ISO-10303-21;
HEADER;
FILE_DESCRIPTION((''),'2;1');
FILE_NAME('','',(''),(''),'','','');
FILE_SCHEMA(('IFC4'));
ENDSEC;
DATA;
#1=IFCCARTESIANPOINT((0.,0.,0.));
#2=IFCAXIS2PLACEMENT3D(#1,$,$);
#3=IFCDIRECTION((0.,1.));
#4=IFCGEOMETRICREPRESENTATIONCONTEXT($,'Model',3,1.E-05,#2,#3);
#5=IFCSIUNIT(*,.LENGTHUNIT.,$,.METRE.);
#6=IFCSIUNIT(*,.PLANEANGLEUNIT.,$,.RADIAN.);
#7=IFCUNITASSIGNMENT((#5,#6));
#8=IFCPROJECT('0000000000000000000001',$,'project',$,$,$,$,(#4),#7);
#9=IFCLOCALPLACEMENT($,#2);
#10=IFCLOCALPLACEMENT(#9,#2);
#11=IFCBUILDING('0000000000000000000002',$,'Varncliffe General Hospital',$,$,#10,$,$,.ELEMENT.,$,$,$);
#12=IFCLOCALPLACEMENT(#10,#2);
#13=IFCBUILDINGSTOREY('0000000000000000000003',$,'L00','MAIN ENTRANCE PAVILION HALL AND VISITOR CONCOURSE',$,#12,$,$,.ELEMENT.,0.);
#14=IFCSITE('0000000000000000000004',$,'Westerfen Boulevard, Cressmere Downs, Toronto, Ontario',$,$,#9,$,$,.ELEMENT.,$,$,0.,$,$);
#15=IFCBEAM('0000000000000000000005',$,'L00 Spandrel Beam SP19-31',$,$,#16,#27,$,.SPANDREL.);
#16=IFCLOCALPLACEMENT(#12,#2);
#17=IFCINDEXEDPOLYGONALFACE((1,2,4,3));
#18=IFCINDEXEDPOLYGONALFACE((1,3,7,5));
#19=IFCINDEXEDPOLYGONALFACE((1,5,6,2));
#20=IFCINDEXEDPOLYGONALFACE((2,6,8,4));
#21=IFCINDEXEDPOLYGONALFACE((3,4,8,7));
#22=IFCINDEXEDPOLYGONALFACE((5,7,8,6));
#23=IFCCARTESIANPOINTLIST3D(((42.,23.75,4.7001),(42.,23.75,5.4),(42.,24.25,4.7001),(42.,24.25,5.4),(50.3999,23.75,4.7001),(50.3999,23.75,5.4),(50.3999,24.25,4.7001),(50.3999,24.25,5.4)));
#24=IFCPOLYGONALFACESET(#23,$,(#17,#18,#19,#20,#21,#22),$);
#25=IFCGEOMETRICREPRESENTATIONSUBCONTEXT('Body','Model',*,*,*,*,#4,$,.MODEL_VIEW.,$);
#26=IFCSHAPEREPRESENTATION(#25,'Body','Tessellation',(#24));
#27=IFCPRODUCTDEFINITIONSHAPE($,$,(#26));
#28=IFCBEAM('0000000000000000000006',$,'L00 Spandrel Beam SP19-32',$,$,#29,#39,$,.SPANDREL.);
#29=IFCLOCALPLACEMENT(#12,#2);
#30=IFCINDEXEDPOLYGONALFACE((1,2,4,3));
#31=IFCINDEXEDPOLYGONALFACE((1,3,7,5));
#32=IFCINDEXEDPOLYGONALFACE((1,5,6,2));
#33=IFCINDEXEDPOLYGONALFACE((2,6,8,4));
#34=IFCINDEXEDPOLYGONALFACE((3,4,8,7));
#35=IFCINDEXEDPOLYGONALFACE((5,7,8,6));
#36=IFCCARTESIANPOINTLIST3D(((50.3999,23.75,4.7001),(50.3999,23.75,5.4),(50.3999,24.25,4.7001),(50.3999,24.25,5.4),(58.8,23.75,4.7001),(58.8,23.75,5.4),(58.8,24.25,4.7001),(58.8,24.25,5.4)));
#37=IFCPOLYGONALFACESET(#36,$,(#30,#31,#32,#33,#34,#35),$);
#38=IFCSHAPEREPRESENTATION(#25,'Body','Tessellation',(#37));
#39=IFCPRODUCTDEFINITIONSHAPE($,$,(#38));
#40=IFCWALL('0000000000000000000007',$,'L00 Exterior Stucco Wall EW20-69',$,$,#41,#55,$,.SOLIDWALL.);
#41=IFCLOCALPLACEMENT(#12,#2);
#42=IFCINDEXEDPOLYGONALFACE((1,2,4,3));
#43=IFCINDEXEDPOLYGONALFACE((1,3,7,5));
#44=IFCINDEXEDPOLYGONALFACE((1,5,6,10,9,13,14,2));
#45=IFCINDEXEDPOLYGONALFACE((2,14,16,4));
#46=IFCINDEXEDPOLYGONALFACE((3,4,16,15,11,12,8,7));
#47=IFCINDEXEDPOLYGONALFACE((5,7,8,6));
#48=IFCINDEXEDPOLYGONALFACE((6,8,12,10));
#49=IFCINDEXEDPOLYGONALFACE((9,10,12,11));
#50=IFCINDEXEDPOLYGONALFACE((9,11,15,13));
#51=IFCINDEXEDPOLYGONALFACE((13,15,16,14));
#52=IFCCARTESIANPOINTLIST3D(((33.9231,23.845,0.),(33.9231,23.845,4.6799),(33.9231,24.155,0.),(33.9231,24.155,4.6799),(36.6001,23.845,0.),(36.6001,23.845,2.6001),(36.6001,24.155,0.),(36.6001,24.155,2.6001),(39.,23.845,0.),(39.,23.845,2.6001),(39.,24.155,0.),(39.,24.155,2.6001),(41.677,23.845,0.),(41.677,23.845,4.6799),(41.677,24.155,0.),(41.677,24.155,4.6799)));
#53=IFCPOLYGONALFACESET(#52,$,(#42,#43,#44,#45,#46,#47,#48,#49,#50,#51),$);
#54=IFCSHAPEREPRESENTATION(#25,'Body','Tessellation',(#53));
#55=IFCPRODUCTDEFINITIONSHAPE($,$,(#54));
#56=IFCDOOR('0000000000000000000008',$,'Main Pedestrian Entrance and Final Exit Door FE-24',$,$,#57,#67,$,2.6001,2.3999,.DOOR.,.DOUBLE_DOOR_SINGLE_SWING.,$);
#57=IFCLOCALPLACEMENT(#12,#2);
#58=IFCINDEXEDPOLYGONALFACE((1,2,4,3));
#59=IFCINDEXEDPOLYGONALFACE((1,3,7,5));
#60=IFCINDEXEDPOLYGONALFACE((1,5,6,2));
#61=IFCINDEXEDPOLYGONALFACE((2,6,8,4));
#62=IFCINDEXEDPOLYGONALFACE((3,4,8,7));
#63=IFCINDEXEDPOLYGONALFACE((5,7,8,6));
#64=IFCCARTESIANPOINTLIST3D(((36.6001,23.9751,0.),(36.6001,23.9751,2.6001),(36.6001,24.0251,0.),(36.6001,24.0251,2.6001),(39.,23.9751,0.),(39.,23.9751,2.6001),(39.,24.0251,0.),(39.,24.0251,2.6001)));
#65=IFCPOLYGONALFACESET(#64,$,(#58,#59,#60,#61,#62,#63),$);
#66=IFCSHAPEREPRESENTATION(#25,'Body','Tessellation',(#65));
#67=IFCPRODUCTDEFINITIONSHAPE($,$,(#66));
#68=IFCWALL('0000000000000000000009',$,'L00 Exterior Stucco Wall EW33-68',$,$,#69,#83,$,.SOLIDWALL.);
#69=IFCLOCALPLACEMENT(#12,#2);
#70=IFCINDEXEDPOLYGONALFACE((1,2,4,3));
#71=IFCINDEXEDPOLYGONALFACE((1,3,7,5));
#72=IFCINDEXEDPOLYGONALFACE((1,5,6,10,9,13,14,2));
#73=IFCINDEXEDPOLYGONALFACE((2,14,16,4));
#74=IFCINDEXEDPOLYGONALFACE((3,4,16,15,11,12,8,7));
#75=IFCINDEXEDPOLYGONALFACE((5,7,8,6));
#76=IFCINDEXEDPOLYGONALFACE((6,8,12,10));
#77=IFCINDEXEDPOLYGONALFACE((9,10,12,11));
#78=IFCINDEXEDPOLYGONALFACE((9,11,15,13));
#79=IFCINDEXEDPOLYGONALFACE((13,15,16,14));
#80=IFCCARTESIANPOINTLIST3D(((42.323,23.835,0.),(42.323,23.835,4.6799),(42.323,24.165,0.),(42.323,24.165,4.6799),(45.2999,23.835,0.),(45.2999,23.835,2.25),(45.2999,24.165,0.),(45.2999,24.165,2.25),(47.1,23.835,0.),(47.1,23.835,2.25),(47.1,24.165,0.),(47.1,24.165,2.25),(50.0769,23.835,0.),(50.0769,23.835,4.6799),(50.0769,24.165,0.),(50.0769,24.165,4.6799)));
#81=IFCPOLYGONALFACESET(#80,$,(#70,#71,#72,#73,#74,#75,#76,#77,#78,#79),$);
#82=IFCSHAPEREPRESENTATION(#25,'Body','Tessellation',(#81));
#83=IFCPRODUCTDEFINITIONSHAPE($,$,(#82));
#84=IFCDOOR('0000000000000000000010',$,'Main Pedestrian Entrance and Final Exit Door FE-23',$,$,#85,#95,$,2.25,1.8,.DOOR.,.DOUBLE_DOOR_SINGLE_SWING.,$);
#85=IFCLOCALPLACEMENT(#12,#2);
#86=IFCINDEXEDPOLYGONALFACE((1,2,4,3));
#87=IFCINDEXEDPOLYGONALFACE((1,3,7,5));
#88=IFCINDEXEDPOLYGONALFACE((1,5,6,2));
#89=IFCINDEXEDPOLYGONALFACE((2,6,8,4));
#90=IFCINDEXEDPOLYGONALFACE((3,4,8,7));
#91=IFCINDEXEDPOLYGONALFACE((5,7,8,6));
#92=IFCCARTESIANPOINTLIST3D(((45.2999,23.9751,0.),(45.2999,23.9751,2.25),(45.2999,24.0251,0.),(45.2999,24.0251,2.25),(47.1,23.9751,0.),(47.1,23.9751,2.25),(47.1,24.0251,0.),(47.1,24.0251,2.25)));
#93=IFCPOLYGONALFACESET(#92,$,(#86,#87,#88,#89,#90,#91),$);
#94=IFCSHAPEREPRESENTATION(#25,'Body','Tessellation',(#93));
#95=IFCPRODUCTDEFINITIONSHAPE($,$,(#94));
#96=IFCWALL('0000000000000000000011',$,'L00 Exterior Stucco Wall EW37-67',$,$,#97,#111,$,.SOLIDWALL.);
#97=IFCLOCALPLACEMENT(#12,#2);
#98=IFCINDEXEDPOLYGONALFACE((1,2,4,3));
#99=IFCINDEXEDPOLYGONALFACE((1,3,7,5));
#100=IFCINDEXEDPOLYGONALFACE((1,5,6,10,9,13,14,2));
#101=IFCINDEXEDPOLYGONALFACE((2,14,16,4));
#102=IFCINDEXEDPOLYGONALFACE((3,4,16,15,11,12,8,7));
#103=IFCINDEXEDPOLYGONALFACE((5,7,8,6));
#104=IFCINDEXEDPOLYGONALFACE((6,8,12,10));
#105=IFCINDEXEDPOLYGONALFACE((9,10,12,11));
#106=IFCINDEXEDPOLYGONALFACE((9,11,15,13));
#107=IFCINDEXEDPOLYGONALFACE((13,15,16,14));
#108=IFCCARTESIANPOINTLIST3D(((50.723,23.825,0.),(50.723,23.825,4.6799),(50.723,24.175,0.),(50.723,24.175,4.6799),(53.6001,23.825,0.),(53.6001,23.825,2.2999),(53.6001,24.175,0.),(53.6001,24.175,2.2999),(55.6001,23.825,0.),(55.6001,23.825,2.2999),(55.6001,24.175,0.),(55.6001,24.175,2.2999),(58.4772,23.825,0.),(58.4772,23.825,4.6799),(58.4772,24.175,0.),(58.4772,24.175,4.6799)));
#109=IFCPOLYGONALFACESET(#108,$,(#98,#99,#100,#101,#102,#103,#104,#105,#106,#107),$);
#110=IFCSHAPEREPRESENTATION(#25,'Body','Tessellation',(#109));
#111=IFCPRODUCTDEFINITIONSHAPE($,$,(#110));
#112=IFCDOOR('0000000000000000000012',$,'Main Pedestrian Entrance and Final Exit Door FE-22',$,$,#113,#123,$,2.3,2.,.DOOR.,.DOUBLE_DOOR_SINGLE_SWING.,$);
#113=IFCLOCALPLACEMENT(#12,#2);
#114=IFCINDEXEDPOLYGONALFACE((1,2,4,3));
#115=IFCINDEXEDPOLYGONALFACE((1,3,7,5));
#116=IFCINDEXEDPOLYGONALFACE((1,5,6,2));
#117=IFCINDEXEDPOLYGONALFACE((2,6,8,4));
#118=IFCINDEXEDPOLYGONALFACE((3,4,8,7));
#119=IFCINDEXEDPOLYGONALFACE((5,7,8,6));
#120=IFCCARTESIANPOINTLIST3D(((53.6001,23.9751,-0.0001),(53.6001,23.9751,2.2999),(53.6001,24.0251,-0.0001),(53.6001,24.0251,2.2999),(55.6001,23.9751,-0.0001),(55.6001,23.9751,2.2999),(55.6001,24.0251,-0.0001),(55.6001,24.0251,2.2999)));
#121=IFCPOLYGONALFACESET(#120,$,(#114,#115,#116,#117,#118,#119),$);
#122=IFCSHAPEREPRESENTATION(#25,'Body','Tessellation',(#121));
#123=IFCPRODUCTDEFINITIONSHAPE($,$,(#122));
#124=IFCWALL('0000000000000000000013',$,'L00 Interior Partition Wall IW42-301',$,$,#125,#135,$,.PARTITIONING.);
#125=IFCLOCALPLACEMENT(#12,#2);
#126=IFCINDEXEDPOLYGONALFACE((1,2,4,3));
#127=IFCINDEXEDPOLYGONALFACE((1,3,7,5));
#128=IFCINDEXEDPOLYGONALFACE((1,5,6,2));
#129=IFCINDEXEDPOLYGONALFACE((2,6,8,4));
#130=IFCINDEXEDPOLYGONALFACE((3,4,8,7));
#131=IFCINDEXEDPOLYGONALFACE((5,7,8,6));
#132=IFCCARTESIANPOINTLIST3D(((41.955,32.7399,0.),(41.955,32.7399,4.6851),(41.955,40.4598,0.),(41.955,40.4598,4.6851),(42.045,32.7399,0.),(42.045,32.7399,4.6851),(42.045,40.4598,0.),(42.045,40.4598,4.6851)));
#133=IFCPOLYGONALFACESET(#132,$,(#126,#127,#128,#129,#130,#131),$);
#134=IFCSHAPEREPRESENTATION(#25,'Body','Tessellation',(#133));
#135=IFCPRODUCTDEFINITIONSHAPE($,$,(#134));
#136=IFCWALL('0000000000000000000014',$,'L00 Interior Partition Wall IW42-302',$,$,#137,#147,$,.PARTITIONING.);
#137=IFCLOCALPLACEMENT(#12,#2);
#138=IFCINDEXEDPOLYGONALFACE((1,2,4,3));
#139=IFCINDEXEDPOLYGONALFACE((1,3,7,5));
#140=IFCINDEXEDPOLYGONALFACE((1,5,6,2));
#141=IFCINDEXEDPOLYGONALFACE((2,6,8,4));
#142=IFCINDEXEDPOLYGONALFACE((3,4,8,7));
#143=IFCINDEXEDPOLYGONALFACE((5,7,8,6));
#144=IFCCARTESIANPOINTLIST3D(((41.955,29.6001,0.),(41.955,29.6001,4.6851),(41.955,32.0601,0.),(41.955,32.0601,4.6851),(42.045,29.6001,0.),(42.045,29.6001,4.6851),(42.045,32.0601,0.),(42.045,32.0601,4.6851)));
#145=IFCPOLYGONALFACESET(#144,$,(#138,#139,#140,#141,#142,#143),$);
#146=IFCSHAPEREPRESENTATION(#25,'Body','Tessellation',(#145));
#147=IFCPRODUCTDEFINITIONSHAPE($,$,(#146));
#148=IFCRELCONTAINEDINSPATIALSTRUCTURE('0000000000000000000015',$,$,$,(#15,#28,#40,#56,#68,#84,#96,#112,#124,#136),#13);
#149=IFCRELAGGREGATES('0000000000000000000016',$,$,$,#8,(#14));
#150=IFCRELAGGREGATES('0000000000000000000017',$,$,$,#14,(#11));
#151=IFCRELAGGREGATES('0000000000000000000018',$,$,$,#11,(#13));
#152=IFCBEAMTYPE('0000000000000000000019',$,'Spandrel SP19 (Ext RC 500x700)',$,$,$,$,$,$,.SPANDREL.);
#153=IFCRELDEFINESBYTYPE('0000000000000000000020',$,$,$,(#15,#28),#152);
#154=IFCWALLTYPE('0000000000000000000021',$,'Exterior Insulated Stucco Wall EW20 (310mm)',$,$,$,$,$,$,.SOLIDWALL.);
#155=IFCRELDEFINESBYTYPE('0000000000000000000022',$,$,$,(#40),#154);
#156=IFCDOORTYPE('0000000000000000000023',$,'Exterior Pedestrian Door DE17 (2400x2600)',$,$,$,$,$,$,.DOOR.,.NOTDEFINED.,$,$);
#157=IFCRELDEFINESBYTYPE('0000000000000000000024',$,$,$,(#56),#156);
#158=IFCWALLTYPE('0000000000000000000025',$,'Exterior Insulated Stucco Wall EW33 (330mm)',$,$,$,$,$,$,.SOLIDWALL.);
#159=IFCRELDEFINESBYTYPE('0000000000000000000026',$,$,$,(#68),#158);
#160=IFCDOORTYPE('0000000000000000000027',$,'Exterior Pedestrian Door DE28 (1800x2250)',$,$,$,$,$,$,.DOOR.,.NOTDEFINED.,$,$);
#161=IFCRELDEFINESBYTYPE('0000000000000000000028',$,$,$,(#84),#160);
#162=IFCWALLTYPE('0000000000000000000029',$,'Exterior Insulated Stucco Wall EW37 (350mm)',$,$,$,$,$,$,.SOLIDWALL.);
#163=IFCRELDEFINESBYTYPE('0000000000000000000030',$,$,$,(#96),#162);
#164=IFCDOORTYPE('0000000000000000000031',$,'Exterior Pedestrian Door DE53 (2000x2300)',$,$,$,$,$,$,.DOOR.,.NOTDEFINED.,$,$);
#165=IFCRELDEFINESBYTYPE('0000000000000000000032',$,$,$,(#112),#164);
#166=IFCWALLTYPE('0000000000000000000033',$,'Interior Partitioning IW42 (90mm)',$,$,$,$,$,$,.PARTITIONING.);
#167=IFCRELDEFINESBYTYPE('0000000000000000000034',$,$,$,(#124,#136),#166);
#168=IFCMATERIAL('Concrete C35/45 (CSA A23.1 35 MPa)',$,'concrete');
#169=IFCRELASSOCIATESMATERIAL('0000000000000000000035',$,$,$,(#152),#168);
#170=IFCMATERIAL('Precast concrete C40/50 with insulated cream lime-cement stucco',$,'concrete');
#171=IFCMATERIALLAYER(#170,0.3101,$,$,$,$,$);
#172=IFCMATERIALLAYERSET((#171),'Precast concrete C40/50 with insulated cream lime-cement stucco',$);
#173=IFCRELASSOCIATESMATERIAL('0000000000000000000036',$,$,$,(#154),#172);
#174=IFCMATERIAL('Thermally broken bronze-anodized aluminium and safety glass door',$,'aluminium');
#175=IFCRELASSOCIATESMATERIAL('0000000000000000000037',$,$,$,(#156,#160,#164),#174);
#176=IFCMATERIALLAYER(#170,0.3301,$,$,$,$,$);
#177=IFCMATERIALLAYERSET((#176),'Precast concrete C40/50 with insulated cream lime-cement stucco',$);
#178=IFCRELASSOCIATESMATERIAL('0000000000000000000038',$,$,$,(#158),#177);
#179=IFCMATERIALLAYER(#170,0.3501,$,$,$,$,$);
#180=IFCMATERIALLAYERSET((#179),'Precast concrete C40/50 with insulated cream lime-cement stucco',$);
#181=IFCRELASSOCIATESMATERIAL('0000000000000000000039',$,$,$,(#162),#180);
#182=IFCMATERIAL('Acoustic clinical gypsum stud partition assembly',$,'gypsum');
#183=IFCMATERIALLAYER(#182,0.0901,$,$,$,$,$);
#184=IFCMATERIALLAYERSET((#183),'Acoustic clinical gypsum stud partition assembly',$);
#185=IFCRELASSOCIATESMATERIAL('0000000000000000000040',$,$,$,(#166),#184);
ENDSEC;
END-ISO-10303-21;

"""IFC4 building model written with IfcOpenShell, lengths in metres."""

from ifc_helpers import new_model, si_unit, direction, frame, frame_2d, origin, origin_2d, place, context, subcontext, project, spatial, rectangle, extrude, material, layer, layer_set, material_profile, profile_set, type_object, element, fill, save


model = new_model("IFC4")

# Units and contexts
model_context = context("Model", 3, precision=1e-05, world=origin(), true_north=direction((0.0, 1.0)))
body_context = subcontext(model_context, "Body", "Model", "MODEL_VIEW")
ifc_project = project(units=[si_unit("LENGTHUNIT", "METRE"), si_unit("PLANEANGLEUNIT", "RADIAN")], contexts=[model_context])

# Site, building, storey
site_placement = place(None, origin())
site = spatial("IfcSite", under=ifc_project, at=site_placement, Name="Westerfen Boulevard, Cressmere Downs, Toronto, Ontario", CompositionType="ELEMENT", RefElevation=0.0)
building_placement = place(site_placement, origin())
building = spatial("IfcBuilding", under=site, at=building_placement, Name="Varncliffe General Hospital", CompositionType="ELEMENT")
storey_placement = place(building_placement, origin())
storey = spatial("IfcBuildingStorey", under=building, at=storey_placement, Name="L00", Description="MAIN ENTRANCE PAVILION HALL AND VISITOR CONCOURSE", CompositionType="ELEMENT", Elevation=0.0)

# Beams
ifc_material_1 = material(Name="Concrete C35/45 (CSA A23.1 35 MPa)", Category="concrete")
ifc_material_profile_1 = material_profile(ifc_material_1, rectangle(XDim=0.5, YDim=0.7, at=origin_2d()), Name="RC 500x700")
ifc_profile_set_1 = profile_set([ifc_material_profile_1], Name="Concrete C35/45 (CSA A23.1 35 MPa)")
beam_type_1 = type_object("IfcBeamType", Name="Spandrel SP19 (Ext RC 500x700)", PredefinedType="SPANDREL", material=ifc_profile_set_1)
beam_1_placement = place(storey_placement, frame((42.0, 24.0, 5.05), z_axis=(1.0, 0.0, 0.0), x_axis=(0.0, 1.0, 0.0)))
element("IfcBeam", 1, at=beam_1_placement, inside=storey, type_object=beam_type_1, Name="L00 Spandrel Beam SP19-31", PredefinedType="SPANDREL", context=body_context, shape_type="SweptSolid", body=[
    extrude(rectangle(XDim=0.5, YDim=0.7, at=origin_2d()), origin(), (0.0, 0.0, 1.0), 8.3999),
])
beam_2_placement = place(storey_placement, frame((50.3999, 24.0, 5.05), z_axis=(1.0, 0.0, 0.0), x_axis=(0.0, 1.0, 0.0)))
element("IfcBeam", 2, at=beam_2_placement, inside=storey, type_object=beam_type_1, Name="L00 Spandrel Beam SP19-32", PredefinedType="SPANDREL", context=body_context, shape_type="SweptSolid", body=[
    extrude(rectangle(XDim=0.5, YDim=0.7, at=origin_2d()), origin(), (0.0, 0.0, 1.0), 8.4001),
])

# Walls, openings, doors
ifc_material_2 = material(Name="Precast concrete C40/50 with insulated cream lime-cement stucco", Category="concrete")
ifc_layer_1 = layer(ifc_material_2, 0.3101)
ifc_layer_set_1 = layer_set([ifc_layer_1], Name="Precast concrete C40/50 with insulated cream lime-cement stucco")
wall_type_1 = type_object("IfcWallType", Name="Exterior Insulated Stucco Wall EW20 (310mm)", PredefinedType="SOLIDWALL", material=ifc_layer_set_1)
wall_1_placement = place(storey_placement, frame((41.677, 24.0, 0.0), z_axis=(0.0, 0.0, 1.0), x_axis=(-1.0, 0.0, 0.0)))
wall_1 = element("IfcWall", 3, at=wall_1_placement, inside=storey, type_object=wall_type_1, Name="L00 Exterior Stucco Wall EW20-69", PredefinedType="SOLIDWALL", context=body_context, shape_type="SweptSolid", body=[
    extrude(rectangle(XDim=7.7539, YDim=0.3101, at=frame_2d((3.877, 0.0))), origin(), (0.0, 0.0, 1.0), 4.6799),
])
opening_1_placement = place(wall_1_placement, frame((2.677, 0.0, 0.0)))
opening_1 = element("IfcOpeningElement", 4, at=opening_1_placement, cuts=wall_1, PredefinedType="OPENING", context=body_context, shape_type="SweptSolid", body=[
    extrude(rectangle(XDim=2.3999, YDim=2.6001, at=frame_2d((1.2, 1.3))), frame((0.0, 0.165, 0.0), z_axis=(0.0, -1.0, 0.0), x_axis=(1.0, 0.0, 0.0)), (0.0, 0.0, 1.0), 0.3301),
])
ifc_material_3 = material(Name="Thermally broken bronze-anodized aluminium and safety glass door", Category="aluminium")
door_type_1 = type_object("IfcDoorType", Name="Exterior Pedestrian Door DE17 (2400x2600)", OperationType="NOTDEFINED", PredefinedType="DOOR", material=ifc_material_3)
door_1_placement = place(opening_1_placement, origin())
door_1 = element("IfcDoor", 5, at=door_1_placement, inside=storey, type_object=door_type_1, Name="Main Pedestrian Entrance and Final Exit Door FE-24", OperationType="DOUBLE_DOOR_SINGLE_SWING", OverallHeight=2.6001, OverallWidth=2.3999, PredefinedType="DOOR", context=body_context, shape_type="SweptSolid", body=[
    extrude(rectangle(XDim=2.3999, YDim=2.6001, at=frame_2d((1.2, 1.3))), frame((0.0, 0.0249, 0.0), z_axis=(0.0, -1.0, 0.0), x_axis=(1.0, 0.0, 0.0)), (0.0, 0.0, 1.0), 0.05),
])
fill(opening_1, door_1)
ifc_layer_2 = layer(ifc_material_2, 0.3301)
ifc_layer_set_2 = layer_set([ifc_layer_2], Name="Precast concrete C40/50 with insulated cream lime-cement stucco")
wall_type_2 = type_object("IfcWallType", Name="Exterior Insulated Stucco Wall EW33 (330mm)", PredefinedType="SOLIDWALL", material=ifc_layer_set_2)
wall_2_placement = place(storey_placement, frame((50.0769, 24.0, 0.0), z_axis=(0.0, 0.0, 1.0), x_axis=(-1.0, 0.0, 0.0)))
wall_2 = element("IfcWall", 6, at=wall_2_placement, inside=storey, type_object=wall_type_2, Name="L00 Exterior Stucco Wall EW33-68", PredefinedType="SOLIDWALL", context=body_context, shape_type="SweptSolid", body=[
    extrude(rectangle(XDim=7.7539, YDim=0.3301, at=frame_2d((3.877, 0.0))), origin(), (0.0, 0.0, 1.0), 4.6799),
])
opening_2_placement = place(wall_2_placement, frame((2.9771, 0.0, 0.0)))
opening_2 = element("IfcOpeningElement", 7, at=opening_2_placement, cuts=wall_2, PredefinedType="OPENING", context=body_context, shape_type="SweptSolid", body=[
    extrude(rectangle(XDim=1.8, YDim=2.25, at=frame_2d((0.8999, 1.125))), frame((0.0, 0.175, 0.0), z_axis=(0.0, -1.0, 0.0), x_axis=(1.0, 0.0, 0.0)), (0.0, 0.0, 1.0), 0.3501),
])
door_type_2 = type_object("IfcDoorType", Name="Exterior Pedestrian Door DE28 (1800x2250)", OperationType="NOTDEFINED", PredefinedType="DOOR", material=ifc_material_3)
door_2_placement = place(opening_2_placement, origin())
door_2 = element("IfcDoor", 8, at=door_2_placement, inside=storey, type_object=door_type_2, Name="Main Pedestrian Entrance and Final Exit Door FE-23", OperationType="DOUBLE_DOOR_SINGLE_SWING", OverallHeight=2.25, OverallWidth=1.8, PredefinedType="DOOR", context=body_context, shape_type="SweptSolid", body=[
    extrude(rectangle(XDim=1.8, YDim=2.25, at=frame_2d((0.8999, 1.125))), frame((0.0, 0.0249, 0.0), z_axis=(0.0, -1.0, 0.0), x_axis=(1.0, 0.0, 0.0)), (0.0, 0.0, 1.0), 0.05),
])
fill(opening_2, door_2)
ifc_layer_3 = layer(ifc_material_2, 0.3501)
ifc_layer_set_3 = layer_set([ifc_layer_3], Name="Precast concrete C40/50 with insulated cream lime-cement stucco")
wall_type_3 = type_object("IfcWallType", Name="Exterior Insulated Stucco Wall EW37 (350mm)", PredefinedType="SOLIDWALL", material=ifc_layer_set_3)
wall_3_placement = place(storey_placement, frame((58.4771, 24.0, 0.0), z_axis=(0.0, 0.0, 1.0), x_axis=(-1.0, 0.0, 0.0)))
wall_3 = element("IfcWall", 9, at=wall_3_placement, inside=storey, type_object=wall_type_3, Name="L00 Exterior Stucco Wall EW37-67", PredefinedType="SOLIDWALL", context=body_context, shape_type="SweptSolid", body=[
    extrude(rectangle(XDim=7.7542, YDim=0.3501, at=frame_2d((3.877, 0.0))), origin(), (0.0, 0.0, 1.0), 4.6799),
])
opening_3_placement = place(wall_3_placement, frame((2.877, 0.0, 0.0)))
opening_3 = element("IfcOpeningElement", 10, at=opening_3_placement, cuts=wall_3, PredefinedType="OPENING", context=body_context, shape_type="SweptSolid", body=[
    extrude(rectangle(XDim=2.0, YDim=2.3, at=frame_2d((1.0, 1.1499))), frame((0.0, 0.1851, 0.0), z_axis=(0.0, -1.0, 0.0), x_axis=(1.0, 0.0, 0.0)), (0.0, 0.0, 1.0), 0.3701),
])
door_type_3 = type_object("IfcDoorType", Name="Exterior Pedestrian Door DE53 (2000x2300)", OperationType="NOTDEFINED", PredefinedType="DOOR", material=ifc_material_3)
door_3_placement = place(opening_3_placement, origin())
door_3 = element("IfcDoor", 11, at=door_3_placement, inside=storey, type_object=door_type_3, Name="Main Pedestrian Entrance and Final Exit Door FE-22", OperationType="DOUBLE_DOOR_SINGLE_SWING", OverallHeight=2.3, OverallWidth=2.0, PredefinedType="DOOR", context=body_context, shape_type="SweptSolid", body=[
    extrude(rectangle(XDim=2.0, YDim=2.3, at=frame_2d((1.0, 1.1499))), frame((0.0, 0.0249, 0.0), z_axis=(0.0, -1.0, 0.0), x_axis=(1.0, 0.0, 0.0)), (0.0, 0.0, 1.0), 0.05),
])
fill(opening_3, door_3)

# Walls
ifc_material_4 = material(Name="Acoustic clinical gypsum stud partition assembly", Category="gypsum")
ifc_layer_4 = layer(ifc_material_4, 0.0901)
ifc_layer_set_4 = layer_set([ifc_layer_4], Name="Acoustic clinical gypsum stud partition assembly")
wall_type_4 = type_object("IfcWallType", Name="Interior Partitioning IW42 (90mm)", PredefinedType="PARTITIONING", material=ifc_layer_set_4)
wall_4_placement = place(storey_placement, frame((42.0, 32.74, 0.0), z_axis=(0.0, 0.0, 1.0), x_axis=(0.0, 1.0, 0.0)))
element("IfcWall", 12, at=wall_4_placement, inside=storey, type_object=wall_type_4, Name="L00 Interior Partition Wall IW42-301", PredefinedType="PARTITIONING", context=body_context, shape_type="SweptSolid", body=[
    extrude(rectangle(XDim=7.72, YDim=0.0901, at=frame_2d((3.8599, 0.0))), origin(), (0.0, 0.0, 1.0), 4.6851),
])
wall_5_placement = place(storey_placement, frame((42.0, 29.6001, 0.0), z_axis=(0.0, 0.0, 1.0), x_axis=(0.0, 1.0, 0.0)))
element("IfcWall", 13, at=wall_5_placement, inside=storey, type_object=wall_type_4, Name="L00 Interior Partition Wall IW42-302", PredefinedType="PARTITIONING", context=body_context, shape_type="SweptSolid", body=[
    extrude(rectangle(XDim=2.46, YDim=0.0901, at=frame_2d((1.23, 0.0))), origin(), (0.0, 0.0, 1.0), 4.6851),
])

save(model, "model.ifc")
